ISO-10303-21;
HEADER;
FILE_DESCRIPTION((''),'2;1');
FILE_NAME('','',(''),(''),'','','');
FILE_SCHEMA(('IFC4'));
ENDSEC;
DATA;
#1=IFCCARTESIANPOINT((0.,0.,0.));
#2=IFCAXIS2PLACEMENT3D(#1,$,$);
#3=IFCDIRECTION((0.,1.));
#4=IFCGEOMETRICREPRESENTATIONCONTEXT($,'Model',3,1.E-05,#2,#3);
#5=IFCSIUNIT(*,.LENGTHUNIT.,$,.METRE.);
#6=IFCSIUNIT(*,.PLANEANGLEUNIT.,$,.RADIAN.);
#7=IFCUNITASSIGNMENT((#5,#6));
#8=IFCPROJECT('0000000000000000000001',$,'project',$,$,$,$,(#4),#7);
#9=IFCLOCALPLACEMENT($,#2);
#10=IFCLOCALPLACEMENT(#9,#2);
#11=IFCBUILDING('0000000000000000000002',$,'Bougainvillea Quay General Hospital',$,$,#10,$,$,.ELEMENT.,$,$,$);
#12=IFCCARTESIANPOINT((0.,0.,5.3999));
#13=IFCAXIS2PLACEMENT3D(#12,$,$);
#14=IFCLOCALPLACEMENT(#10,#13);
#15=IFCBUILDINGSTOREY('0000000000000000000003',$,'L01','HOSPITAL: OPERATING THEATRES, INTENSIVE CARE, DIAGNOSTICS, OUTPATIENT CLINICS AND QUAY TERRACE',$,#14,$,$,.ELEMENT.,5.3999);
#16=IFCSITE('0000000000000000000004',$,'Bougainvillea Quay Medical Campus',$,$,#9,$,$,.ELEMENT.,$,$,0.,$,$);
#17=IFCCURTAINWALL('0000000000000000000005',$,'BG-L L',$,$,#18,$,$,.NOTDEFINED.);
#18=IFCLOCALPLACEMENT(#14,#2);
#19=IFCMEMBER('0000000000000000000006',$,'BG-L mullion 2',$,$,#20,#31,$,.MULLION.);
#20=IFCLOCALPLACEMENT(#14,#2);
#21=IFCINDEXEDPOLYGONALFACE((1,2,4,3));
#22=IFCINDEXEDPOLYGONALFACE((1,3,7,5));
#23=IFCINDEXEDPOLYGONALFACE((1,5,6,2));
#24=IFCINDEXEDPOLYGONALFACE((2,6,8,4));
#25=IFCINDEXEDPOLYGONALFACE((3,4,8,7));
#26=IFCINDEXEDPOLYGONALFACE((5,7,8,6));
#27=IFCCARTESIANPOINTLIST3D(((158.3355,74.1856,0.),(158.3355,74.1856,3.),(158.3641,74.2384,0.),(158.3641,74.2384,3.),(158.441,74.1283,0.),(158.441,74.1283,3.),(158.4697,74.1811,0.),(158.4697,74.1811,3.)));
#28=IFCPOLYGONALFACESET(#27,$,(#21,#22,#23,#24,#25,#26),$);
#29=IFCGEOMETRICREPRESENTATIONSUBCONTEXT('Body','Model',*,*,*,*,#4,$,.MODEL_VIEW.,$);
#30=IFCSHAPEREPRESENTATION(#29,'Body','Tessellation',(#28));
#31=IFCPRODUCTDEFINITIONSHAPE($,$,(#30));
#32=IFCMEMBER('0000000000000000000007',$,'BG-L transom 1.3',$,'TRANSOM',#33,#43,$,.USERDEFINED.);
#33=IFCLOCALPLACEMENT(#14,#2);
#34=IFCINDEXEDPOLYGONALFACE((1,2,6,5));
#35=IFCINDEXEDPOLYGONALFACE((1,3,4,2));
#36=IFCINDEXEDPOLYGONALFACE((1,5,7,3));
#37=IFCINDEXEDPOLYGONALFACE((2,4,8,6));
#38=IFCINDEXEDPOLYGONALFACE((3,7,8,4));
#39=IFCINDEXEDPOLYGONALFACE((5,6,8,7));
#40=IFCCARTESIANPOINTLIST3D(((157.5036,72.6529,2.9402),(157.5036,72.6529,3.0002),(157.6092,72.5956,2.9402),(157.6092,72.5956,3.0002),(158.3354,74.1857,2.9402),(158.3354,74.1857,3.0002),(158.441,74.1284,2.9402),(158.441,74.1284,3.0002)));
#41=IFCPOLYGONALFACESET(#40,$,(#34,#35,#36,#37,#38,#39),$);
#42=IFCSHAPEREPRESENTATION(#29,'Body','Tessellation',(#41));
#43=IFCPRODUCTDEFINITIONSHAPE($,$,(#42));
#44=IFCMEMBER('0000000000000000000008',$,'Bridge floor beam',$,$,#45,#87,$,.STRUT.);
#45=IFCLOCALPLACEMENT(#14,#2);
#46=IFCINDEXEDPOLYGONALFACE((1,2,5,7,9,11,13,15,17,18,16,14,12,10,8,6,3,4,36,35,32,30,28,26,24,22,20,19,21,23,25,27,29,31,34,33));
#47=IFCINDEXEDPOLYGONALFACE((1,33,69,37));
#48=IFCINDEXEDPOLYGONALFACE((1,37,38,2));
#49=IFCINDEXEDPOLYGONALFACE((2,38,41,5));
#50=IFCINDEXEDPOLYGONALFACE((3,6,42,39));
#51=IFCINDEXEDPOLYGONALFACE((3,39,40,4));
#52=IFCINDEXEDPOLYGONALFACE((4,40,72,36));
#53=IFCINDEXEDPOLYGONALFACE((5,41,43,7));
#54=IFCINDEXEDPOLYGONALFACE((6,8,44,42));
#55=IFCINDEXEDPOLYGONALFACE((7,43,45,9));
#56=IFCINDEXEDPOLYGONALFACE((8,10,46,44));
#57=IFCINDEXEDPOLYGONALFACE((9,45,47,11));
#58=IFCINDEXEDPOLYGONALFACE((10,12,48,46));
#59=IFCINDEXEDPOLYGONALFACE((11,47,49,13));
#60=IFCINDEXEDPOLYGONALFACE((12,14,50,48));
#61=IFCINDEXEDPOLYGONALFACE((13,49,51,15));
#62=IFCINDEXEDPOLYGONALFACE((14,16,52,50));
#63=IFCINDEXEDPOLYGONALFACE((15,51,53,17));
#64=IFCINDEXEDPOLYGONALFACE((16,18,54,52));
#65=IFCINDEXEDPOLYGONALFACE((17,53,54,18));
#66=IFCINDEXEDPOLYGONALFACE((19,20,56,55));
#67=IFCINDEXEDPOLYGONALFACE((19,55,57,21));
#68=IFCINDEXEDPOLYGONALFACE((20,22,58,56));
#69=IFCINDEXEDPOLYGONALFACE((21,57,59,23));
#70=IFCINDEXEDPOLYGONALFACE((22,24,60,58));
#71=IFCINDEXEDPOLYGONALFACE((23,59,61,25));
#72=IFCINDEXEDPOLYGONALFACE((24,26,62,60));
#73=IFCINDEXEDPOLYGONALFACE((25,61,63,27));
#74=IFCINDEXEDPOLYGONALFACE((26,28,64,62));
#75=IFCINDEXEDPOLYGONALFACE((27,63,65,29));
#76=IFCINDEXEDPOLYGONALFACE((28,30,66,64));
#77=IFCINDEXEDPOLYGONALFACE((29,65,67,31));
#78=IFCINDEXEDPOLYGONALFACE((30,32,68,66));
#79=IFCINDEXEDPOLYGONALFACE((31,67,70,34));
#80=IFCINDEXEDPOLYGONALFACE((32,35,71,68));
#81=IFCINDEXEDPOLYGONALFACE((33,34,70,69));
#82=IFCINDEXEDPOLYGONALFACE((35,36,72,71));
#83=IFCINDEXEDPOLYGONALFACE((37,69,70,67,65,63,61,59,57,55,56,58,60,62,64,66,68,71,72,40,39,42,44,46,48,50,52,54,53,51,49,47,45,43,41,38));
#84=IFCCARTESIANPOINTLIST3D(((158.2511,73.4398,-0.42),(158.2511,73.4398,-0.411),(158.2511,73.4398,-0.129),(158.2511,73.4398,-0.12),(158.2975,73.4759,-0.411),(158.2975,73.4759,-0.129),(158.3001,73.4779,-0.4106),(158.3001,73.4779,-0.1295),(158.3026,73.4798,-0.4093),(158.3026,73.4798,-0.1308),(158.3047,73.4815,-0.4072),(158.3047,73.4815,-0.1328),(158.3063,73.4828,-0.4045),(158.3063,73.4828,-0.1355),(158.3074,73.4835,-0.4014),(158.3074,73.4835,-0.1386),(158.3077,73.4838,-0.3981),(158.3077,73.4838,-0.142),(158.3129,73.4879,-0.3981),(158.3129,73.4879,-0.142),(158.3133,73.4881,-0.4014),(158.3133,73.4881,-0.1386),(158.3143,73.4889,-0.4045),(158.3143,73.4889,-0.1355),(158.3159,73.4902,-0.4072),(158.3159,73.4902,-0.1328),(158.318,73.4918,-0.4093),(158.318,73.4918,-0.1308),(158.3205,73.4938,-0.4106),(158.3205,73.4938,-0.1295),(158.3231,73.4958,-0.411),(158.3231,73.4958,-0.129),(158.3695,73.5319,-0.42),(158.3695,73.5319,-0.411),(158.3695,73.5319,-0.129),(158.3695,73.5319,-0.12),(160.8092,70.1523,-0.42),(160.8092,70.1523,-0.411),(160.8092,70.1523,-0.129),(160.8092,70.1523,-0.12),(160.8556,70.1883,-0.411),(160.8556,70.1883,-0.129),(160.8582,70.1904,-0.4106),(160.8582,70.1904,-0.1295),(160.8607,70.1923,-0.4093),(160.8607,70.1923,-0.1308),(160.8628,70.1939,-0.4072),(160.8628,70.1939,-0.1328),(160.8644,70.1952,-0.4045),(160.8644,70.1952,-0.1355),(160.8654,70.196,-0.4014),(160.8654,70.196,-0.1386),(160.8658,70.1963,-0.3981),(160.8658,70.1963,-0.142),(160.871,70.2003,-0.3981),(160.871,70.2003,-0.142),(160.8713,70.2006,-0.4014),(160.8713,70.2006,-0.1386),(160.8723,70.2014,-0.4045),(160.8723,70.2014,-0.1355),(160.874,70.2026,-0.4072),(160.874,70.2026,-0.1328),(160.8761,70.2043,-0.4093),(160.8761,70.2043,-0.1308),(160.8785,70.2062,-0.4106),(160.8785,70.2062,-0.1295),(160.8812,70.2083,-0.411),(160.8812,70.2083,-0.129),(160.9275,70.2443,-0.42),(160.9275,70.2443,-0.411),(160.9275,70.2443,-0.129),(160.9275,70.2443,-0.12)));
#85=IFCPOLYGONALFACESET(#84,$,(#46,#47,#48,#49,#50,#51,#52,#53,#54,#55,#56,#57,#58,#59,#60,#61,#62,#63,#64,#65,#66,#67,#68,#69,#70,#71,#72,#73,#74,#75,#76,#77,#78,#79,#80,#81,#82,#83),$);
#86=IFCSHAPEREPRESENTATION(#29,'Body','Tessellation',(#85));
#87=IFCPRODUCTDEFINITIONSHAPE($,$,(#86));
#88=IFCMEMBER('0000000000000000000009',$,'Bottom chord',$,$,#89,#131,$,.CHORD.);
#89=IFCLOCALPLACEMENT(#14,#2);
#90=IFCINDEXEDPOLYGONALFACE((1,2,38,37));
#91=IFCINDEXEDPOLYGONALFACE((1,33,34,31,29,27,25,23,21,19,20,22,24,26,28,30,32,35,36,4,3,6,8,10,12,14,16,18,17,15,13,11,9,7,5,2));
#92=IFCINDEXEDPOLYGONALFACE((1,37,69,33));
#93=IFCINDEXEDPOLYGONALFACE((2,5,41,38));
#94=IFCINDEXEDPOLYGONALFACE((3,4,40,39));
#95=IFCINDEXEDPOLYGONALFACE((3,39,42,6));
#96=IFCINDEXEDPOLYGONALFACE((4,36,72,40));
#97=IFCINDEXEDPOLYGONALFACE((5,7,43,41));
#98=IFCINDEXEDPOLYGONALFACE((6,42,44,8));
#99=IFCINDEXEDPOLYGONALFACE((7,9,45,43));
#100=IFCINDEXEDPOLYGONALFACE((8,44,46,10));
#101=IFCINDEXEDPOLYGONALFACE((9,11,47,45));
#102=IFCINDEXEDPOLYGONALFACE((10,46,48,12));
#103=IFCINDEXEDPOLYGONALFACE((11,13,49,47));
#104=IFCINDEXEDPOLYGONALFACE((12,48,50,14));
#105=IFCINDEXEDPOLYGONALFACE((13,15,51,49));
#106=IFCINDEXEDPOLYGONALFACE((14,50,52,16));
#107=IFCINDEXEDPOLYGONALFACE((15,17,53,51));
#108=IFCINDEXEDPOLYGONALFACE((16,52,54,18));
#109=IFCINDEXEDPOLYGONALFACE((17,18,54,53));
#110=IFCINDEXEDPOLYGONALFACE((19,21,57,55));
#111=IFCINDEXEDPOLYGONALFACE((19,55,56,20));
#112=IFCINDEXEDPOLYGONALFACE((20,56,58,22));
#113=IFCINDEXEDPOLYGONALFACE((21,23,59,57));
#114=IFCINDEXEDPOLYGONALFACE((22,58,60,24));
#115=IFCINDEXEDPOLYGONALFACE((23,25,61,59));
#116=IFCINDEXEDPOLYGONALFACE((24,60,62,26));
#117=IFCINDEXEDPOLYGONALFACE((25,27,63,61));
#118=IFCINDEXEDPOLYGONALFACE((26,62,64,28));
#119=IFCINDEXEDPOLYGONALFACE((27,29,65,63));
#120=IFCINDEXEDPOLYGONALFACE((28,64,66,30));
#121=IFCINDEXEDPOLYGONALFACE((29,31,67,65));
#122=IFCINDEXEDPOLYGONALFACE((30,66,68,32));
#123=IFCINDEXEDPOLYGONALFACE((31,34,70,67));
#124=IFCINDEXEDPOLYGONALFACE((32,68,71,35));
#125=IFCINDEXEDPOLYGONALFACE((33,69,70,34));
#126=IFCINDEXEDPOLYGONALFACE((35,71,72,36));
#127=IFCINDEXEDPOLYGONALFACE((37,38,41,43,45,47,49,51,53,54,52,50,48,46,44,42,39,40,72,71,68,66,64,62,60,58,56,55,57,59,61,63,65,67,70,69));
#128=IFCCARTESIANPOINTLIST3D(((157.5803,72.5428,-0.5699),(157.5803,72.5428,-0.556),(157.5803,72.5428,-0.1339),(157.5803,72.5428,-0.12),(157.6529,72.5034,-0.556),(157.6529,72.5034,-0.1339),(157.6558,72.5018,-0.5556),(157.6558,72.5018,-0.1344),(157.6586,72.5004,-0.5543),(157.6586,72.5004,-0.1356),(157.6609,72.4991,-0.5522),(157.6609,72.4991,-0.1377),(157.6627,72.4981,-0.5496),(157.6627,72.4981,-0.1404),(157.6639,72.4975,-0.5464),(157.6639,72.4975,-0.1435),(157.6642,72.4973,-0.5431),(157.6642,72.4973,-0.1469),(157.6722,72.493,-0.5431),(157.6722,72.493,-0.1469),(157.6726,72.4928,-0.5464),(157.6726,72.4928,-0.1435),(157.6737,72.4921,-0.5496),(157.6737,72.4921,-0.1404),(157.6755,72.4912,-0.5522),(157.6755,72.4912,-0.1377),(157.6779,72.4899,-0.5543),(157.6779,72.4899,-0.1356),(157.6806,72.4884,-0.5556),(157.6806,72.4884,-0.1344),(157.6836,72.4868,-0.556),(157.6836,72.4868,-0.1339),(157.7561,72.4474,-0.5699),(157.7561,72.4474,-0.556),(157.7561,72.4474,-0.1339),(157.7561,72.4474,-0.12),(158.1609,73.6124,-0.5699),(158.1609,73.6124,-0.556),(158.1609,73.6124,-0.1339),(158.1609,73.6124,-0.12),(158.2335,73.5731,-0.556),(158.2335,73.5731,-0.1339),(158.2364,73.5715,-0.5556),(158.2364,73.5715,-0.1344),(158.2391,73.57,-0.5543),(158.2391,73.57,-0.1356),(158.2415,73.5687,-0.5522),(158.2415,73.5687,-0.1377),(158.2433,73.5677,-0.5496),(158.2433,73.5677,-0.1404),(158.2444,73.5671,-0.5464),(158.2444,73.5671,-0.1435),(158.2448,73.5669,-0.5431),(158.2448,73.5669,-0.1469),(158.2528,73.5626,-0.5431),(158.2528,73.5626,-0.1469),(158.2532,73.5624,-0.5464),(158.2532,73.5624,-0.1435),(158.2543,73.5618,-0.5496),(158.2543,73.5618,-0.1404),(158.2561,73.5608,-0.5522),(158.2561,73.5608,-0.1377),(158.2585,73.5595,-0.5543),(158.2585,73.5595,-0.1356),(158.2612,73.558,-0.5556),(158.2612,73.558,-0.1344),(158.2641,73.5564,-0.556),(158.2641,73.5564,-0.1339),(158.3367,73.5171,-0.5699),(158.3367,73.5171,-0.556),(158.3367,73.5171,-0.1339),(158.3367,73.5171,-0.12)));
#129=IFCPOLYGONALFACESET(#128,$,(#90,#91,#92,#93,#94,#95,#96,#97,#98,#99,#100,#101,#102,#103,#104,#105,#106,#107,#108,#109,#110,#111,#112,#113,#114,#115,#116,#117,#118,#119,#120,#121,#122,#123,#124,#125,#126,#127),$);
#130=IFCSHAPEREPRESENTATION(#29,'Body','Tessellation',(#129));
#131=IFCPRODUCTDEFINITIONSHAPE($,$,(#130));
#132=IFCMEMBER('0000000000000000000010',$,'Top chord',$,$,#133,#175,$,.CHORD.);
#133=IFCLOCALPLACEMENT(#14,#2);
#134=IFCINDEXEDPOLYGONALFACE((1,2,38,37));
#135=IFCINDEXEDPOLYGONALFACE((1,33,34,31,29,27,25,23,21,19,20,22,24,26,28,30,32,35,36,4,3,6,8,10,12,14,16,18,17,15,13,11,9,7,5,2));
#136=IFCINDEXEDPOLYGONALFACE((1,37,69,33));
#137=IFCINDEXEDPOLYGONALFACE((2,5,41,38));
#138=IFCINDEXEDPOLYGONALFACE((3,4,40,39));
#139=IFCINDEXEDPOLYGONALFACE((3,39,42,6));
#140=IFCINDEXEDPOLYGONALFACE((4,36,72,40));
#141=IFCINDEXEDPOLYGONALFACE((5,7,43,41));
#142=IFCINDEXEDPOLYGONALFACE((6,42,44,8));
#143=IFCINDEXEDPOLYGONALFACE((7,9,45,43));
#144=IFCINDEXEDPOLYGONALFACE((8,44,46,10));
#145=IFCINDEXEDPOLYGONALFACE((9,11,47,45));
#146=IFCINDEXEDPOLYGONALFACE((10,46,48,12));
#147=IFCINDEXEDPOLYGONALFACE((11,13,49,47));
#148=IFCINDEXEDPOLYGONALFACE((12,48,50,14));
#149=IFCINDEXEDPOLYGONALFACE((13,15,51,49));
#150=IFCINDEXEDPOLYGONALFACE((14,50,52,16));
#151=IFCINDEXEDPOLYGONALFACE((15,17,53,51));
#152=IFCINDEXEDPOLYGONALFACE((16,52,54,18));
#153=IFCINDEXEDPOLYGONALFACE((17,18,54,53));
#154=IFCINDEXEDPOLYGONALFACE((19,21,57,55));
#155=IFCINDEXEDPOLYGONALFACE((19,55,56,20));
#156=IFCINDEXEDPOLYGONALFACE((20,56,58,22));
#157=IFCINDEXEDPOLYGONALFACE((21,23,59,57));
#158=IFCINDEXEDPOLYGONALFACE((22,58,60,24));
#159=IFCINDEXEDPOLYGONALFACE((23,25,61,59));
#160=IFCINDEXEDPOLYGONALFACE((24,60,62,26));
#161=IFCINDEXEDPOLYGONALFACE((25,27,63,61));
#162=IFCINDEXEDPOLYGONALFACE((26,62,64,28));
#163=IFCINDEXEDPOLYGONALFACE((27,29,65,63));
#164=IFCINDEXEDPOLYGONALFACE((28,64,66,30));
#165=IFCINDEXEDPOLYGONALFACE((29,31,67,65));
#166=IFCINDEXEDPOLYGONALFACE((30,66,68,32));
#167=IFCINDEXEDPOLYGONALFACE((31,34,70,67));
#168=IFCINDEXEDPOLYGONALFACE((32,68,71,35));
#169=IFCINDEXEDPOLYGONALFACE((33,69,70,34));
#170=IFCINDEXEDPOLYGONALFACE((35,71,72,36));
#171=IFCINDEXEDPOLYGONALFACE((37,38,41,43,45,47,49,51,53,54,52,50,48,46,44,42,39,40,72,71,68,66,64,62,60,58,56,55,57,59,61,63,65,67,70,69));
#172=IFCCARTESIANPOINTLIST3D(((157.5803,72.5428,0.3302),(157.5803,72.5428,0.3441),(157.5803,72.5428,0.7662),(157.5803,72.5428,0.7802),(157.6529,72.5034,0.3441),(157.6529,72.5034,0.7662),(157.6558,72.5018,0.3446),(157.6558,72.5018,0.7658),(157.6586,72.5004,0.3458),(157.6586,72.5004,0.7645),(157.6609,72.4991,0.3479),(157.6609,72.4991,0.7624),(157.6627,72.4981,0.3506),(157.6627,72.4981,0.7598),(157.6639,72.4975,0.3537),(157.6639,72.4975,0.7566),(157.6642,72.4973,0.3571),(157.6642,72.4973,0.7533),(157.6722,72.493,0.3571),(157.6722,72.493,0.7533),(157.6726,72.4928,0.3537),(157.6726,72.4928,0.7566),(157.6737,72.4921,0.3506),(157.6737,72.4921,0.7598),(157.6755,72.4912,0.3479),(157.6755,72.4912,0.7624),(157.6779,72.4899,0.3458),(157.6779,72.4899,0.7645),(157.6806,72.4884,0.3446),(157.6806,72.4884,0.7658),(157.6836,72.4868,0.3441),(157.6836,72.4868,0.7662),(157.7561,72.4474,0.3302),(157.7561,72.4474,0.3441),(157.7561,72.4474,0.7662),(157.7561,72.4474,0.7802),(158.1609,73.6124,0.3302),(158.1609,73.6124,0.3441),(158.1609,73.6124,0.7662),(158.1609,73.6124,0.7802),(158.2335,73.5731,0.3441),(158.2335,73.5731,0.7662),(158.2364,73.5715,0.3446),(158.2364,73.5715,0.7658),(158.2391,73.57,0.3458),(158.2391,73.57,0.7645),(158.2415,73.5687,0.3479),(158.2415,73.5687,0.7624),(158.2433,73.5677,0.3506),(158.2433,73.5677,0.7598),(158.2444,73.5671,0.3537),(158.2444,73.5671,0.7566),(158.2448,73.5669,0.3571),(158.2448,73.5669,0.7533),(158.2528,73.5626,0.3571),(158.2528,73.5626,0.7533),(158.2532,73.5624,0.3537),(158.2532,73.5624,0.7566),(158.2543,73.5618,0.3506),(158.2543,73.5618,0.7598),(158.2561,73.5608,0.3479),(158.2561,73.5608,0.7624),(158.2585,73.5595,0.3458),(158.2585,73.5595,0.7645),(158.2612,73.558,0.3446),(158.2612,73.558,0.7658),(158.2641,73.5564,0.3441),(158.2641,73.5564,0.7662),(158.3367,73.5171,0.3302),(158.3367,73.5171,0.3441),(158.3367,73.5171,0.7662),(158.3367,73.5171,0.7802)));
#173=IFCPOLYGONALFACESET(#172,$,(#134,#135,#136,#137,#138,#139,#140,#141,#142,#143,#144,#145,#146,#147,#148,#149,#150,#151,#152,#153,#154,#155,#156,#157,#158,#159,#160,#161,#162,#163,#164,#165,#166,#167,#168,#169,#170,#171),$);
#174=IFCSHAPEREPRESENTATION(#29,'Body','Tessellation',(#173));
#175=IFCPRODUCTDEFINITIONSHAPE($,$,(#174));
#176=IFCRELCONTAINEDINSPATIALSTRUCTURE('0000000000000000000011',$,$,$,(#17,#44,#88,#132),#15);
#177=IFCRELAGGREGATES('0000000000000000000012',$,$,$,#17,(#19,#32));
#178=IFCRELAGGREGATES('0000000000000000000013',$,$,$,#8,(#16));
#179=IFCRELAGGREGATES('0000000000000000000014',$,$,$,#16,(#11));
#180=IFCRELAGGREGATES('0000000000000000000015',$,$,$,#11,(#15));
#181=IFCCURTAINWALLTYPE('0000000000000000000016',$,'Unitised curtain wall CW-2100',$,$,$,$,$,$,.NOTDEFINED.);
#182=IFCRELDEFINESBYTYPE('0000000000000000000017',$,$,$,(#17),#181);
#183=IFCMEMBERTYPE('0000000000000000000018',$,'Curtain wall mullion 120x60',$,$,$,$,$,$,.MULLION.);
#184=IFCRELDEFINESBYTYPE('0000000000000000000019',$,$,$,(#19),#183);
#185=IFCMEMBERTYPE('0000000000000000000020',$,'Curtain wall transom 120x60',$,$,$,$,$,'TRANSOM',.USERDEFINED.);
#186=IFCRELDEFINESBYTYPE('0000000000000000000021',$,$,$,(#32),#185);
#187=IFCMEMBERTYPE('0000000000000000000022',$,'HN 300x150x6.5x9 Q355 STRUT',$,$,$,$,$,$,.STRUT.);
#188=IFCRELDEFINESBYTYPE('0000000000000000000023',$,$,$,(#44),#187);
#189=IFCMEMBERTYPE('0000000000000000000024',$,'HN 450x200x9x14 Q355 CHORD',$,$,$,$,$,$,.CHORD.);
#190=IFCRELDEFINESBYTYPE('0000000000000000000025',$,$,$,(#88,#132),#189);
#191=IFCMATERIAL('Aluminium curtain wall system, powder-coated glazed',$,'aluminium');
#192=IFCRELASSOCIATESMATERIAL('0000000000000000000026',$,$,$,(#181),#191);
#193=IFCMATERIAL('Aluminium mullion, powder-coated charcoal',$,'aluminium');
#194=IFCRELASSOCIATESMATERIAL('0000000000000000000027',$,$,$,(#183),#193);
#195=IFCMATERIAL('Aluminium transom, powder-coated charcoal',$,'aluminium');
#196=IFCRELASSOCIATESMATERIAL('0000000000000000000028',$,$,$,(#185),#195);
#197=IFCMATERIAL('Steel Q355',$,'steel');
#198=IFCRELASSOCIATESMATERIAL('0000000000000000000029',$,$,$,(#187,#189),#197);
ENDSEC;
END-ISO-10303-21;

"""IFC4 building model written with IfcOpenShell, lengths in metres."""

from ifc_helpers import new_model, si_unit, direction, frame, origin, origin_2d, place, context, subcontext, project, spatial, rectangle, i_section, extrude, material, material_profile, profile_set, type_object, element, aggregate, save


model = new_model("IFC4")

# Units and contexts
model_context = context("Model", 3, precision=1e-05, world=origin(), true_north=direction((0.0, 1.0)))
body_context = subcontext(model_context, "Body", "Model", "MODEL_VIEW")
ifc_project = project(units=[si_unit("LENGTHUNIT", "METRE"), si_unit("PLANEANGLEUNIT", "RADIAN")], contexts=[model_context])

# Site, building, storey
site_placement = place(None, origin())
site = spatial("IfcSite", under=ifc_project, at=site_placement, Name="Bougainvillea Quay Medical Campus", CompositionType="ELEMENT", RefElevation=0.0)
building_placement = place(site_placement, origin())
building = spatial("IfcBuilding", under=site, at=building_placement, Name="Bougainvillea Quay General Hospital", CompositionType="ELEMENT")
storey_placement = place(building_placement, frame((0.0, 0.0, 5.3999)))
storey = spatial("IfcBuildingStorey", under=building, at=storey_placement, Name="L01", Description="HOSPITAL: OPERATING THEATRES, INTENSIVE CARE, DIAGNOSTICS, OUTPATIENT CLINICS AND QUAY TERRACE", CompositionType="ELEMENT", Elevation=5.3999)

# Curtain wall, members
ifc_material_1 = material(Name="Aluminium curtain wall system, powder-coated glazed", Category="aluminium")
curtain_wall_type = type_object("IfcCurtainWallType", Name="Unitised curtain wall CW-2100", PredefinedType="NOTDEFINED", material=ifc_material_1)
curtain_wall_placement = place(storey_placement, origin())
curtain_wall = element("IfcCurtainWall", 1, at=curtain_wall_placement, inside=storey, type_object=curtain_wall_type, Name="BG-L L", PredefinedType="NOTDEFINED")
ifc_material_2 = material(Name="Aluminium mullion, powder-coated charcoal", Category="aluminium")
ifc_material_profile_1 = material_profile(ifc_material_2, rectangle(XDim=0.1201, YDim=0.0601, at=origin_2d()))
ifc_profile_set_1 = profile_set([ifc_material_profile_1], Name="Aluminium mullion, powder-coated charcoal")
member_type_1 = type_object("IfcMemberType", Name="Curtain wall mullion 120x60", PredefinedType="MULLION", material=ifc_profile_set_1)
member_1_placement = place(storey_placement, frame((158.4026, 74.1833, 0.0), z_axis=(0.0, 0.0, 1.0), x_axis=(-0.878894, 0.477017, 0.0)))
member_1 = element("IfcMember", 2, at=member_1_placement, type_object=member_type_1, Name="BG-L mullion 2", PredefinedType="MULLION", context=body_context, shape_type="SweptSolid", body=[
    extrude(rectangle(XDim=0.1201, YDim=0.0601, at=origin_2d()), origin(), (0.0, 0.0, 1.0), 3.0),
])
ifc_material_3 = material(Name="Aluminium transom, powder-coated charcoal", Category="aluminium")
ifc_material_profile_2 = material_profile(ifc_material_3, rectangle(XDim=0.1201, YDim=0.0601, at=origin_2d()))
ifc_profile_set_2 = profile_set([ifc_material_profile_2], Name="Aluminium transom, powder-coated charcoal")
member_type_2 = type_object("IfcMemberType", Name="Curtain wall transom 120x60", ElementType="TRANSOM", PredefinedType="USERDEFINED", material=ifc_profile_set_2)
member_2_placement = place(storey_placement, frame((157.5564, 72.6243, 2.9702), z_axis=(0.476978, 0.878915, 0.0), x_axis=(-0.878915, 0.476978, 0.0)))
member_2 = element("IfcMember", 3, at=member_2_placement, type_object=member_type_2, Name="BG-L transom 1.3", ObjectType="TRANSOM", PredefinedType="USERDEFINED", context=body_context, shape_type="SweptSolid", body=[
    extrude(rectangle(XDim=0.1201, YDim=0.0601, at=origin_2d()), origin(), (0.0, 0.0, 1.0), 1.7439),
])

# Members
ifc_material_4 = material(Name="Steel Q355", Category="steel")
ifc_material_profile_3 = material_profile(ifc_material_4, i_section(OverallWidth=0.1499, OverallDepth=0.3, WebThickness=0.0066, FlangeThickness=0.009, FilletRadius=0.0129, at=origin_2d()))
ifc_profile_set_3 = profile_set([ifc_material_profile_3], Name="Steel Q355")
member_type_3 = type_object("IfcMemberType", Name="HN 300x150x6.5x9 Q355 STRUT", PredefinedType="STRUT", material=ifc_profile_set_3)
member_3_placement = place(storey_placement, frame((158.3103, 73.4858, -0.27), z_axis=(0.614103, -0.789226, 0.0), x_axis=(0.789226, 0.614103, 0.0)))
element("IfcMember", 4, at=member_3_placement, inside=storey, type_object=member_type_3, Name="Bridge floor beam", PredefinedType="STRUT", context=body_context, shape_type="SweptSolid", body=[
    extrude(i_section(OverallWidth=0.1499, OverallDepth=0.3, WebThickness=0.0066, FlangeThickness=0.009, FilletRadius=0.0129, at=origin_2d()), origin(), (0.0, 0.0, 1.0), 4.1655),
])
ifc_material_profile_4 = material_profile(ifc_material_4, i_section(OverallWidth=0.2, OverallDepth=0.45, WebThickness=0.009, FlangeThickness=0.0139, FilletRadius=0.0129, at=origin_2d()))
ifc_profile_set_4 = profile_set([ifc_material_profile_4], Name="Steel Q355")
member_type_4 = type_object("IfcMemberType", Name="HN 450x200x9x14 Q355 CHORD", PredefinedType="CHORD", material=ifc_profile_set_4)
for number, where, z_axis, x_axis, name in (
    (5, (157.6682, 72.4951, -0.345), (0.477052, 0.878875, 0.0), (-0.878875, 0.477052, 0.0), "Bottom chord"),
    (6, (157.6682, 72.4951, 0.5552), (0.477052, 0.878875, 0.0), (-0.878875, 0.477052, 0.0), "Top chord"),
):
    element("IfcMember", number, at=place(storey_placement, frame(where, z_axis=z_axis, x_axis=x_axis)), inside=storey, type_object=member_type_4, Name=name, PredefinedType="CHORD", context=body_context, shape_type="SweptSolid", body=[
        extrude(i_section(OverallWidth=0.2, OverallDepth=0.45, WebThickness=0.009, FlangeThickness=0.0139, FilletRadius=0.0129, at=origin_2d()), origin(), (0.0, 0.0, 1.0), 1.217),
    ])

aggregate(curtain_wall, [member_1, member_2])

save(model, "model.ifc")
